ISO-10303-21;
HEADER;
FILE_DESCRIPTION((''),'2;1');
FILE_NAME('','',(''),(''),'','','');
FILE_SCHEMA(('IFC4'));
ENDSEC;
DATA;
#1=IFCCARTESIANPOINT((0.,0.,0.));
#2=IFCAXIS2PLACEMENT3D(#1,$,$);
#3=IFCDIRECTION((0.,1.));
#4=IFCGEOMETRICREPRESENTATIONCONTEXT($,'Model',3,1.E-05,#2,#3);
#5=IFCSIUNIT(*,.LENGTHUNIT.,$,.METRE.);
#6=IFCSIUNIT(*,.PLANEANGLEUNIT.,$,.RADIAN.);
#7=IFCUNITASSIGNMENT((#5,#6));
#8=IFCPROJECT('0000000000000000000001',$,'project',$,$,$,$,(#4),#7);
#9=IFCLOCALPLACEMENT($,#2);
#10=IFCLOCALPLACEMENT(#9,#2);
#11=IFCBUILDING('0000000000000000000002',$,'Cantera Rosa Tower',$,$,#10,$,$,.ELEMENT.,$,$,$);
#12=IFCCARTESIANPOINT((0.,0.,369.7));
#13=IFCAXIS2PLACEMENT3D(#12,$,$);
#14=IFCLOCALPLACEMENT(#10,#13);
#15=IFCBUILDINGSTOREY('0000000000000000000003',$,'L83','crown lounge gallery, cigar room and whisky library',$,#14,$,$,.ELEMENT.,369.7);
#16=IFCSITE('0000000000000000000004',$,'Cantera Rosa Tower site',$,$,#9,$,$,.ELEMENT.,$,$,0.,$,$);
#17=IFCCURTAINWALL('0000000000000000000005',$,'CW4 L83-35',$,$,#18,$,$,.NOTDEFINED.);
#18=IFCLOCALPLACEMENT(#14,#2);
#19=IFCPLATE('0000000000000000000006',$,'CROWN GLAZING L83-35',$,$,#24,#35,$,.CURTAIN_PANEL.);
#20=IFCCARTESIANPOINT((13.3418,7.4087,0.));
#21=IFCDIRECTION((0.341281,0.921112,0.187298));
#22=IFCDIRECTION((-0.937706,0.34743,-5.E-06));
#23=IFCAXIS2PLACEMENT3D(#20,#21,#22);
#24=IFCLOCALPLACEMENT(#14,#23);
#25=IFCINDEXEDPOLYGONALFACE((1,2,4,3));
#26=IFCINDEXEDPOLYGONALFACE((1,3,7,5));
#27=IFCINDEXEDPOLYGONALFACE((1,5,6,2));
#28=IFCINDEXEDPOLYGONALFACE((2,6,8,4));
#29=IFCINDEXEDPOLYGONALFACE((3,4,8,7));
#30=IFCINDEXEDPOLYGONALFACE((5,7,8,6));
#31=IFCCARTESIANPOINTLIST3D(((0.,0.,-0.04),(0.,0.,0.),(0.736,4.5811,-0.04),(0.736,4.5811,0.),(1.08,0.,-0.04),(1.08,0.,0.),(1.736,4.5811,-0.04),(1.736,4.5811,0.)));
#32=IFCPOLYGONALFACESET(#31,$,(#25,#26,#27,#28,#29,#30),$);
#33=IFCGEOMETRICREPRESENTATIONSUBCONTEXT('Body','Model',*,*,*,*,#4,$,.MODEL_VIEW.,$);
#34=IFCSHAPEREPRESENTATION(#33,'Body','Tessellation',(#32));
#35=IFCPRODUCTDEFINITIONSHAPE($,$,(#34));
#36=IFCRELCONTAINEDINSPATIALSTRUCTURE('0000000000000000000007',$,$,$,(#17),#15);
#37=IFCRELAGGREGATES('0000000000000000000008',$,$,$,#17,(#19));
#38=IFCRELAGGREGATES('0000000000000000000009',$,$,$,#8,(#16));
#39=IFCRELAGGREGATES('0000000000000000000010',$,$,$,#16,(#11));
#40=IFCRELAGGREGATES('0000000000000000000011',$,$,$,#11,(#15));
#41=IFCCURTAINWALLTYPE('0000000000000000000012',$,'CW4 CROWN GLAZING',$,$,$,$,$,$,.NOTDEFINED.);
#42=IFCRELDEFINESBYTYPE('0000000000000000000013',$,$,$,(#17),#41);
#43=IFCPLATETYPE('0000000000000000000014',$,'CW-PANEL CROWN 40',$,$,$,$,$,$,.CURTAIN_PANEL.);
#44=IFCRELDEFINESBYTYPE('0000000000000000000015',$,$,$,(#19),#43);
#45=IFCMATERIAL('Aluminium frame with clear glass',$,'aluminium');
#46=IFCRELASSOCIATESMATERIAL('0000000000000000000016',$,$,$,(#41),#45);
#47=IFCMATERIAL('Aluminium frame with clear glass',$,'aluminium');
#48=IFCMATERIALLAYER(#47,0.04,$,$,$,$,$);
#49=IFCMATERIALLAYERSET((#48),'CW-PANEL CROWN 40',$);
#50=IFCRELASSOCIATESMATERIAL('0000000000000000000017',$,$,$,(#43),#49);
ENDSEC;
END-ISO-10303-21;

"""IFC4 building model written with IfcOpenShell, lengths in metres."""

from ifc_helpers import new_model, si_unit, direction, frame, origin, place, context, subcontext, project, spatial, polyline, outline, extrude, material, layer, layer_set, type_object, element, aggregate, save


model = new_model("IFC4")

# Units and contexts
model_context = context("Model", 3, precision=1e-05, world=origin(), true_north=direction((0.0, 1.0)))
body_context = subcontext(model_context, "Body", "Model", "MODEL_VIEW")
ifc_project = project(units=[si_unit("LENGTHUNIT", "METRE"), si_unit("PLANEANGLEUNIT", "RADIAN")], contexts=[model_context])

# Site, building, storey
site_placement = place(None, origin())
site = spatial("IfcSite", under=ifc_project, at=site_placement, Name="Cantera Rosa Tower site", CompositionType="ELEMENT", RefElevation=0.0)
building_placement = place(site_placement, origin())
building = spatial("IfcBuilding", under=site, at=building_placement, Name="Cantera Rosa Tower", CompositionType="ELEMENT")
storey_placement = place(building_placement, frame((0.0, 0.0, 369.7)))
storey = spatial("IfcBuildingStorey", under=building, at=storey_placement, Name="L83", Description="crown lounge gallery, cigar room and whisky library", CompositionType="ELEMENT", Elevation=369.7)

# Curtain wall
ifc_material_1 = material(Name="Aluminium frame with clear glass", Category="aluminium")
curtain_wall_type = type_object("IfcCurtainWallType", Name="CW4 CROWN GLAZING", PredefinedType="NOTDEFINED", material=ifc_material_1)
curtain_wall_1_placement = place(storey_placement, origin())
curtain_wall_1 = element("IfcCurtainWall", 1, at=curtain_wall_1_placement, inside=storey, type_object=curtain_wall_type, Name="CW4 L83-35", PredefinedType="NOTDEFINED")

# Plate
ifc_material_2 = material(Name="Aluminium frame with clear glass", Category="aluminium")
ifc_layer_1 = layer(ifc_material_2, 0.04)
ifc_layer_set_1 = layer_set([ifc_layer_1], Name="CW-PANEL CROWN 40")
plate_type = type_object("IfcPlateType", Name="CW-PANEL CROWN 40", PredefinedType="CURTAIN_PANEL", material=ifc_layer_set_1)
plate_1_placement = place(storey_placement, frame((13.3418, 7.4087, 0.0), z_axis=(0.341281, 0.921112, 0.187298), x_axis=(-0.937706, 0.34743, -0.000005)))
plate_1 = element("IfcPlate", 2, at=plate_1_placement, type_object=plate_type, Name="CROWN GLAZING L83-35", PredefinedType="CURTAIN_PANEL", context=body_context, shape_type="SweptSolid", body=[
    extrude(outline(polyline([(0.0, 0.0), (1.08, 0.0), (1.736, 4.5811), (0.736, 4.5811), (0.0, 0.0)])), origin(), (0.0, 0.0, -1.0), 0.04),
])

aggregate(curtain_wall_1, [plate_1])

save(model, "model.ifc")
